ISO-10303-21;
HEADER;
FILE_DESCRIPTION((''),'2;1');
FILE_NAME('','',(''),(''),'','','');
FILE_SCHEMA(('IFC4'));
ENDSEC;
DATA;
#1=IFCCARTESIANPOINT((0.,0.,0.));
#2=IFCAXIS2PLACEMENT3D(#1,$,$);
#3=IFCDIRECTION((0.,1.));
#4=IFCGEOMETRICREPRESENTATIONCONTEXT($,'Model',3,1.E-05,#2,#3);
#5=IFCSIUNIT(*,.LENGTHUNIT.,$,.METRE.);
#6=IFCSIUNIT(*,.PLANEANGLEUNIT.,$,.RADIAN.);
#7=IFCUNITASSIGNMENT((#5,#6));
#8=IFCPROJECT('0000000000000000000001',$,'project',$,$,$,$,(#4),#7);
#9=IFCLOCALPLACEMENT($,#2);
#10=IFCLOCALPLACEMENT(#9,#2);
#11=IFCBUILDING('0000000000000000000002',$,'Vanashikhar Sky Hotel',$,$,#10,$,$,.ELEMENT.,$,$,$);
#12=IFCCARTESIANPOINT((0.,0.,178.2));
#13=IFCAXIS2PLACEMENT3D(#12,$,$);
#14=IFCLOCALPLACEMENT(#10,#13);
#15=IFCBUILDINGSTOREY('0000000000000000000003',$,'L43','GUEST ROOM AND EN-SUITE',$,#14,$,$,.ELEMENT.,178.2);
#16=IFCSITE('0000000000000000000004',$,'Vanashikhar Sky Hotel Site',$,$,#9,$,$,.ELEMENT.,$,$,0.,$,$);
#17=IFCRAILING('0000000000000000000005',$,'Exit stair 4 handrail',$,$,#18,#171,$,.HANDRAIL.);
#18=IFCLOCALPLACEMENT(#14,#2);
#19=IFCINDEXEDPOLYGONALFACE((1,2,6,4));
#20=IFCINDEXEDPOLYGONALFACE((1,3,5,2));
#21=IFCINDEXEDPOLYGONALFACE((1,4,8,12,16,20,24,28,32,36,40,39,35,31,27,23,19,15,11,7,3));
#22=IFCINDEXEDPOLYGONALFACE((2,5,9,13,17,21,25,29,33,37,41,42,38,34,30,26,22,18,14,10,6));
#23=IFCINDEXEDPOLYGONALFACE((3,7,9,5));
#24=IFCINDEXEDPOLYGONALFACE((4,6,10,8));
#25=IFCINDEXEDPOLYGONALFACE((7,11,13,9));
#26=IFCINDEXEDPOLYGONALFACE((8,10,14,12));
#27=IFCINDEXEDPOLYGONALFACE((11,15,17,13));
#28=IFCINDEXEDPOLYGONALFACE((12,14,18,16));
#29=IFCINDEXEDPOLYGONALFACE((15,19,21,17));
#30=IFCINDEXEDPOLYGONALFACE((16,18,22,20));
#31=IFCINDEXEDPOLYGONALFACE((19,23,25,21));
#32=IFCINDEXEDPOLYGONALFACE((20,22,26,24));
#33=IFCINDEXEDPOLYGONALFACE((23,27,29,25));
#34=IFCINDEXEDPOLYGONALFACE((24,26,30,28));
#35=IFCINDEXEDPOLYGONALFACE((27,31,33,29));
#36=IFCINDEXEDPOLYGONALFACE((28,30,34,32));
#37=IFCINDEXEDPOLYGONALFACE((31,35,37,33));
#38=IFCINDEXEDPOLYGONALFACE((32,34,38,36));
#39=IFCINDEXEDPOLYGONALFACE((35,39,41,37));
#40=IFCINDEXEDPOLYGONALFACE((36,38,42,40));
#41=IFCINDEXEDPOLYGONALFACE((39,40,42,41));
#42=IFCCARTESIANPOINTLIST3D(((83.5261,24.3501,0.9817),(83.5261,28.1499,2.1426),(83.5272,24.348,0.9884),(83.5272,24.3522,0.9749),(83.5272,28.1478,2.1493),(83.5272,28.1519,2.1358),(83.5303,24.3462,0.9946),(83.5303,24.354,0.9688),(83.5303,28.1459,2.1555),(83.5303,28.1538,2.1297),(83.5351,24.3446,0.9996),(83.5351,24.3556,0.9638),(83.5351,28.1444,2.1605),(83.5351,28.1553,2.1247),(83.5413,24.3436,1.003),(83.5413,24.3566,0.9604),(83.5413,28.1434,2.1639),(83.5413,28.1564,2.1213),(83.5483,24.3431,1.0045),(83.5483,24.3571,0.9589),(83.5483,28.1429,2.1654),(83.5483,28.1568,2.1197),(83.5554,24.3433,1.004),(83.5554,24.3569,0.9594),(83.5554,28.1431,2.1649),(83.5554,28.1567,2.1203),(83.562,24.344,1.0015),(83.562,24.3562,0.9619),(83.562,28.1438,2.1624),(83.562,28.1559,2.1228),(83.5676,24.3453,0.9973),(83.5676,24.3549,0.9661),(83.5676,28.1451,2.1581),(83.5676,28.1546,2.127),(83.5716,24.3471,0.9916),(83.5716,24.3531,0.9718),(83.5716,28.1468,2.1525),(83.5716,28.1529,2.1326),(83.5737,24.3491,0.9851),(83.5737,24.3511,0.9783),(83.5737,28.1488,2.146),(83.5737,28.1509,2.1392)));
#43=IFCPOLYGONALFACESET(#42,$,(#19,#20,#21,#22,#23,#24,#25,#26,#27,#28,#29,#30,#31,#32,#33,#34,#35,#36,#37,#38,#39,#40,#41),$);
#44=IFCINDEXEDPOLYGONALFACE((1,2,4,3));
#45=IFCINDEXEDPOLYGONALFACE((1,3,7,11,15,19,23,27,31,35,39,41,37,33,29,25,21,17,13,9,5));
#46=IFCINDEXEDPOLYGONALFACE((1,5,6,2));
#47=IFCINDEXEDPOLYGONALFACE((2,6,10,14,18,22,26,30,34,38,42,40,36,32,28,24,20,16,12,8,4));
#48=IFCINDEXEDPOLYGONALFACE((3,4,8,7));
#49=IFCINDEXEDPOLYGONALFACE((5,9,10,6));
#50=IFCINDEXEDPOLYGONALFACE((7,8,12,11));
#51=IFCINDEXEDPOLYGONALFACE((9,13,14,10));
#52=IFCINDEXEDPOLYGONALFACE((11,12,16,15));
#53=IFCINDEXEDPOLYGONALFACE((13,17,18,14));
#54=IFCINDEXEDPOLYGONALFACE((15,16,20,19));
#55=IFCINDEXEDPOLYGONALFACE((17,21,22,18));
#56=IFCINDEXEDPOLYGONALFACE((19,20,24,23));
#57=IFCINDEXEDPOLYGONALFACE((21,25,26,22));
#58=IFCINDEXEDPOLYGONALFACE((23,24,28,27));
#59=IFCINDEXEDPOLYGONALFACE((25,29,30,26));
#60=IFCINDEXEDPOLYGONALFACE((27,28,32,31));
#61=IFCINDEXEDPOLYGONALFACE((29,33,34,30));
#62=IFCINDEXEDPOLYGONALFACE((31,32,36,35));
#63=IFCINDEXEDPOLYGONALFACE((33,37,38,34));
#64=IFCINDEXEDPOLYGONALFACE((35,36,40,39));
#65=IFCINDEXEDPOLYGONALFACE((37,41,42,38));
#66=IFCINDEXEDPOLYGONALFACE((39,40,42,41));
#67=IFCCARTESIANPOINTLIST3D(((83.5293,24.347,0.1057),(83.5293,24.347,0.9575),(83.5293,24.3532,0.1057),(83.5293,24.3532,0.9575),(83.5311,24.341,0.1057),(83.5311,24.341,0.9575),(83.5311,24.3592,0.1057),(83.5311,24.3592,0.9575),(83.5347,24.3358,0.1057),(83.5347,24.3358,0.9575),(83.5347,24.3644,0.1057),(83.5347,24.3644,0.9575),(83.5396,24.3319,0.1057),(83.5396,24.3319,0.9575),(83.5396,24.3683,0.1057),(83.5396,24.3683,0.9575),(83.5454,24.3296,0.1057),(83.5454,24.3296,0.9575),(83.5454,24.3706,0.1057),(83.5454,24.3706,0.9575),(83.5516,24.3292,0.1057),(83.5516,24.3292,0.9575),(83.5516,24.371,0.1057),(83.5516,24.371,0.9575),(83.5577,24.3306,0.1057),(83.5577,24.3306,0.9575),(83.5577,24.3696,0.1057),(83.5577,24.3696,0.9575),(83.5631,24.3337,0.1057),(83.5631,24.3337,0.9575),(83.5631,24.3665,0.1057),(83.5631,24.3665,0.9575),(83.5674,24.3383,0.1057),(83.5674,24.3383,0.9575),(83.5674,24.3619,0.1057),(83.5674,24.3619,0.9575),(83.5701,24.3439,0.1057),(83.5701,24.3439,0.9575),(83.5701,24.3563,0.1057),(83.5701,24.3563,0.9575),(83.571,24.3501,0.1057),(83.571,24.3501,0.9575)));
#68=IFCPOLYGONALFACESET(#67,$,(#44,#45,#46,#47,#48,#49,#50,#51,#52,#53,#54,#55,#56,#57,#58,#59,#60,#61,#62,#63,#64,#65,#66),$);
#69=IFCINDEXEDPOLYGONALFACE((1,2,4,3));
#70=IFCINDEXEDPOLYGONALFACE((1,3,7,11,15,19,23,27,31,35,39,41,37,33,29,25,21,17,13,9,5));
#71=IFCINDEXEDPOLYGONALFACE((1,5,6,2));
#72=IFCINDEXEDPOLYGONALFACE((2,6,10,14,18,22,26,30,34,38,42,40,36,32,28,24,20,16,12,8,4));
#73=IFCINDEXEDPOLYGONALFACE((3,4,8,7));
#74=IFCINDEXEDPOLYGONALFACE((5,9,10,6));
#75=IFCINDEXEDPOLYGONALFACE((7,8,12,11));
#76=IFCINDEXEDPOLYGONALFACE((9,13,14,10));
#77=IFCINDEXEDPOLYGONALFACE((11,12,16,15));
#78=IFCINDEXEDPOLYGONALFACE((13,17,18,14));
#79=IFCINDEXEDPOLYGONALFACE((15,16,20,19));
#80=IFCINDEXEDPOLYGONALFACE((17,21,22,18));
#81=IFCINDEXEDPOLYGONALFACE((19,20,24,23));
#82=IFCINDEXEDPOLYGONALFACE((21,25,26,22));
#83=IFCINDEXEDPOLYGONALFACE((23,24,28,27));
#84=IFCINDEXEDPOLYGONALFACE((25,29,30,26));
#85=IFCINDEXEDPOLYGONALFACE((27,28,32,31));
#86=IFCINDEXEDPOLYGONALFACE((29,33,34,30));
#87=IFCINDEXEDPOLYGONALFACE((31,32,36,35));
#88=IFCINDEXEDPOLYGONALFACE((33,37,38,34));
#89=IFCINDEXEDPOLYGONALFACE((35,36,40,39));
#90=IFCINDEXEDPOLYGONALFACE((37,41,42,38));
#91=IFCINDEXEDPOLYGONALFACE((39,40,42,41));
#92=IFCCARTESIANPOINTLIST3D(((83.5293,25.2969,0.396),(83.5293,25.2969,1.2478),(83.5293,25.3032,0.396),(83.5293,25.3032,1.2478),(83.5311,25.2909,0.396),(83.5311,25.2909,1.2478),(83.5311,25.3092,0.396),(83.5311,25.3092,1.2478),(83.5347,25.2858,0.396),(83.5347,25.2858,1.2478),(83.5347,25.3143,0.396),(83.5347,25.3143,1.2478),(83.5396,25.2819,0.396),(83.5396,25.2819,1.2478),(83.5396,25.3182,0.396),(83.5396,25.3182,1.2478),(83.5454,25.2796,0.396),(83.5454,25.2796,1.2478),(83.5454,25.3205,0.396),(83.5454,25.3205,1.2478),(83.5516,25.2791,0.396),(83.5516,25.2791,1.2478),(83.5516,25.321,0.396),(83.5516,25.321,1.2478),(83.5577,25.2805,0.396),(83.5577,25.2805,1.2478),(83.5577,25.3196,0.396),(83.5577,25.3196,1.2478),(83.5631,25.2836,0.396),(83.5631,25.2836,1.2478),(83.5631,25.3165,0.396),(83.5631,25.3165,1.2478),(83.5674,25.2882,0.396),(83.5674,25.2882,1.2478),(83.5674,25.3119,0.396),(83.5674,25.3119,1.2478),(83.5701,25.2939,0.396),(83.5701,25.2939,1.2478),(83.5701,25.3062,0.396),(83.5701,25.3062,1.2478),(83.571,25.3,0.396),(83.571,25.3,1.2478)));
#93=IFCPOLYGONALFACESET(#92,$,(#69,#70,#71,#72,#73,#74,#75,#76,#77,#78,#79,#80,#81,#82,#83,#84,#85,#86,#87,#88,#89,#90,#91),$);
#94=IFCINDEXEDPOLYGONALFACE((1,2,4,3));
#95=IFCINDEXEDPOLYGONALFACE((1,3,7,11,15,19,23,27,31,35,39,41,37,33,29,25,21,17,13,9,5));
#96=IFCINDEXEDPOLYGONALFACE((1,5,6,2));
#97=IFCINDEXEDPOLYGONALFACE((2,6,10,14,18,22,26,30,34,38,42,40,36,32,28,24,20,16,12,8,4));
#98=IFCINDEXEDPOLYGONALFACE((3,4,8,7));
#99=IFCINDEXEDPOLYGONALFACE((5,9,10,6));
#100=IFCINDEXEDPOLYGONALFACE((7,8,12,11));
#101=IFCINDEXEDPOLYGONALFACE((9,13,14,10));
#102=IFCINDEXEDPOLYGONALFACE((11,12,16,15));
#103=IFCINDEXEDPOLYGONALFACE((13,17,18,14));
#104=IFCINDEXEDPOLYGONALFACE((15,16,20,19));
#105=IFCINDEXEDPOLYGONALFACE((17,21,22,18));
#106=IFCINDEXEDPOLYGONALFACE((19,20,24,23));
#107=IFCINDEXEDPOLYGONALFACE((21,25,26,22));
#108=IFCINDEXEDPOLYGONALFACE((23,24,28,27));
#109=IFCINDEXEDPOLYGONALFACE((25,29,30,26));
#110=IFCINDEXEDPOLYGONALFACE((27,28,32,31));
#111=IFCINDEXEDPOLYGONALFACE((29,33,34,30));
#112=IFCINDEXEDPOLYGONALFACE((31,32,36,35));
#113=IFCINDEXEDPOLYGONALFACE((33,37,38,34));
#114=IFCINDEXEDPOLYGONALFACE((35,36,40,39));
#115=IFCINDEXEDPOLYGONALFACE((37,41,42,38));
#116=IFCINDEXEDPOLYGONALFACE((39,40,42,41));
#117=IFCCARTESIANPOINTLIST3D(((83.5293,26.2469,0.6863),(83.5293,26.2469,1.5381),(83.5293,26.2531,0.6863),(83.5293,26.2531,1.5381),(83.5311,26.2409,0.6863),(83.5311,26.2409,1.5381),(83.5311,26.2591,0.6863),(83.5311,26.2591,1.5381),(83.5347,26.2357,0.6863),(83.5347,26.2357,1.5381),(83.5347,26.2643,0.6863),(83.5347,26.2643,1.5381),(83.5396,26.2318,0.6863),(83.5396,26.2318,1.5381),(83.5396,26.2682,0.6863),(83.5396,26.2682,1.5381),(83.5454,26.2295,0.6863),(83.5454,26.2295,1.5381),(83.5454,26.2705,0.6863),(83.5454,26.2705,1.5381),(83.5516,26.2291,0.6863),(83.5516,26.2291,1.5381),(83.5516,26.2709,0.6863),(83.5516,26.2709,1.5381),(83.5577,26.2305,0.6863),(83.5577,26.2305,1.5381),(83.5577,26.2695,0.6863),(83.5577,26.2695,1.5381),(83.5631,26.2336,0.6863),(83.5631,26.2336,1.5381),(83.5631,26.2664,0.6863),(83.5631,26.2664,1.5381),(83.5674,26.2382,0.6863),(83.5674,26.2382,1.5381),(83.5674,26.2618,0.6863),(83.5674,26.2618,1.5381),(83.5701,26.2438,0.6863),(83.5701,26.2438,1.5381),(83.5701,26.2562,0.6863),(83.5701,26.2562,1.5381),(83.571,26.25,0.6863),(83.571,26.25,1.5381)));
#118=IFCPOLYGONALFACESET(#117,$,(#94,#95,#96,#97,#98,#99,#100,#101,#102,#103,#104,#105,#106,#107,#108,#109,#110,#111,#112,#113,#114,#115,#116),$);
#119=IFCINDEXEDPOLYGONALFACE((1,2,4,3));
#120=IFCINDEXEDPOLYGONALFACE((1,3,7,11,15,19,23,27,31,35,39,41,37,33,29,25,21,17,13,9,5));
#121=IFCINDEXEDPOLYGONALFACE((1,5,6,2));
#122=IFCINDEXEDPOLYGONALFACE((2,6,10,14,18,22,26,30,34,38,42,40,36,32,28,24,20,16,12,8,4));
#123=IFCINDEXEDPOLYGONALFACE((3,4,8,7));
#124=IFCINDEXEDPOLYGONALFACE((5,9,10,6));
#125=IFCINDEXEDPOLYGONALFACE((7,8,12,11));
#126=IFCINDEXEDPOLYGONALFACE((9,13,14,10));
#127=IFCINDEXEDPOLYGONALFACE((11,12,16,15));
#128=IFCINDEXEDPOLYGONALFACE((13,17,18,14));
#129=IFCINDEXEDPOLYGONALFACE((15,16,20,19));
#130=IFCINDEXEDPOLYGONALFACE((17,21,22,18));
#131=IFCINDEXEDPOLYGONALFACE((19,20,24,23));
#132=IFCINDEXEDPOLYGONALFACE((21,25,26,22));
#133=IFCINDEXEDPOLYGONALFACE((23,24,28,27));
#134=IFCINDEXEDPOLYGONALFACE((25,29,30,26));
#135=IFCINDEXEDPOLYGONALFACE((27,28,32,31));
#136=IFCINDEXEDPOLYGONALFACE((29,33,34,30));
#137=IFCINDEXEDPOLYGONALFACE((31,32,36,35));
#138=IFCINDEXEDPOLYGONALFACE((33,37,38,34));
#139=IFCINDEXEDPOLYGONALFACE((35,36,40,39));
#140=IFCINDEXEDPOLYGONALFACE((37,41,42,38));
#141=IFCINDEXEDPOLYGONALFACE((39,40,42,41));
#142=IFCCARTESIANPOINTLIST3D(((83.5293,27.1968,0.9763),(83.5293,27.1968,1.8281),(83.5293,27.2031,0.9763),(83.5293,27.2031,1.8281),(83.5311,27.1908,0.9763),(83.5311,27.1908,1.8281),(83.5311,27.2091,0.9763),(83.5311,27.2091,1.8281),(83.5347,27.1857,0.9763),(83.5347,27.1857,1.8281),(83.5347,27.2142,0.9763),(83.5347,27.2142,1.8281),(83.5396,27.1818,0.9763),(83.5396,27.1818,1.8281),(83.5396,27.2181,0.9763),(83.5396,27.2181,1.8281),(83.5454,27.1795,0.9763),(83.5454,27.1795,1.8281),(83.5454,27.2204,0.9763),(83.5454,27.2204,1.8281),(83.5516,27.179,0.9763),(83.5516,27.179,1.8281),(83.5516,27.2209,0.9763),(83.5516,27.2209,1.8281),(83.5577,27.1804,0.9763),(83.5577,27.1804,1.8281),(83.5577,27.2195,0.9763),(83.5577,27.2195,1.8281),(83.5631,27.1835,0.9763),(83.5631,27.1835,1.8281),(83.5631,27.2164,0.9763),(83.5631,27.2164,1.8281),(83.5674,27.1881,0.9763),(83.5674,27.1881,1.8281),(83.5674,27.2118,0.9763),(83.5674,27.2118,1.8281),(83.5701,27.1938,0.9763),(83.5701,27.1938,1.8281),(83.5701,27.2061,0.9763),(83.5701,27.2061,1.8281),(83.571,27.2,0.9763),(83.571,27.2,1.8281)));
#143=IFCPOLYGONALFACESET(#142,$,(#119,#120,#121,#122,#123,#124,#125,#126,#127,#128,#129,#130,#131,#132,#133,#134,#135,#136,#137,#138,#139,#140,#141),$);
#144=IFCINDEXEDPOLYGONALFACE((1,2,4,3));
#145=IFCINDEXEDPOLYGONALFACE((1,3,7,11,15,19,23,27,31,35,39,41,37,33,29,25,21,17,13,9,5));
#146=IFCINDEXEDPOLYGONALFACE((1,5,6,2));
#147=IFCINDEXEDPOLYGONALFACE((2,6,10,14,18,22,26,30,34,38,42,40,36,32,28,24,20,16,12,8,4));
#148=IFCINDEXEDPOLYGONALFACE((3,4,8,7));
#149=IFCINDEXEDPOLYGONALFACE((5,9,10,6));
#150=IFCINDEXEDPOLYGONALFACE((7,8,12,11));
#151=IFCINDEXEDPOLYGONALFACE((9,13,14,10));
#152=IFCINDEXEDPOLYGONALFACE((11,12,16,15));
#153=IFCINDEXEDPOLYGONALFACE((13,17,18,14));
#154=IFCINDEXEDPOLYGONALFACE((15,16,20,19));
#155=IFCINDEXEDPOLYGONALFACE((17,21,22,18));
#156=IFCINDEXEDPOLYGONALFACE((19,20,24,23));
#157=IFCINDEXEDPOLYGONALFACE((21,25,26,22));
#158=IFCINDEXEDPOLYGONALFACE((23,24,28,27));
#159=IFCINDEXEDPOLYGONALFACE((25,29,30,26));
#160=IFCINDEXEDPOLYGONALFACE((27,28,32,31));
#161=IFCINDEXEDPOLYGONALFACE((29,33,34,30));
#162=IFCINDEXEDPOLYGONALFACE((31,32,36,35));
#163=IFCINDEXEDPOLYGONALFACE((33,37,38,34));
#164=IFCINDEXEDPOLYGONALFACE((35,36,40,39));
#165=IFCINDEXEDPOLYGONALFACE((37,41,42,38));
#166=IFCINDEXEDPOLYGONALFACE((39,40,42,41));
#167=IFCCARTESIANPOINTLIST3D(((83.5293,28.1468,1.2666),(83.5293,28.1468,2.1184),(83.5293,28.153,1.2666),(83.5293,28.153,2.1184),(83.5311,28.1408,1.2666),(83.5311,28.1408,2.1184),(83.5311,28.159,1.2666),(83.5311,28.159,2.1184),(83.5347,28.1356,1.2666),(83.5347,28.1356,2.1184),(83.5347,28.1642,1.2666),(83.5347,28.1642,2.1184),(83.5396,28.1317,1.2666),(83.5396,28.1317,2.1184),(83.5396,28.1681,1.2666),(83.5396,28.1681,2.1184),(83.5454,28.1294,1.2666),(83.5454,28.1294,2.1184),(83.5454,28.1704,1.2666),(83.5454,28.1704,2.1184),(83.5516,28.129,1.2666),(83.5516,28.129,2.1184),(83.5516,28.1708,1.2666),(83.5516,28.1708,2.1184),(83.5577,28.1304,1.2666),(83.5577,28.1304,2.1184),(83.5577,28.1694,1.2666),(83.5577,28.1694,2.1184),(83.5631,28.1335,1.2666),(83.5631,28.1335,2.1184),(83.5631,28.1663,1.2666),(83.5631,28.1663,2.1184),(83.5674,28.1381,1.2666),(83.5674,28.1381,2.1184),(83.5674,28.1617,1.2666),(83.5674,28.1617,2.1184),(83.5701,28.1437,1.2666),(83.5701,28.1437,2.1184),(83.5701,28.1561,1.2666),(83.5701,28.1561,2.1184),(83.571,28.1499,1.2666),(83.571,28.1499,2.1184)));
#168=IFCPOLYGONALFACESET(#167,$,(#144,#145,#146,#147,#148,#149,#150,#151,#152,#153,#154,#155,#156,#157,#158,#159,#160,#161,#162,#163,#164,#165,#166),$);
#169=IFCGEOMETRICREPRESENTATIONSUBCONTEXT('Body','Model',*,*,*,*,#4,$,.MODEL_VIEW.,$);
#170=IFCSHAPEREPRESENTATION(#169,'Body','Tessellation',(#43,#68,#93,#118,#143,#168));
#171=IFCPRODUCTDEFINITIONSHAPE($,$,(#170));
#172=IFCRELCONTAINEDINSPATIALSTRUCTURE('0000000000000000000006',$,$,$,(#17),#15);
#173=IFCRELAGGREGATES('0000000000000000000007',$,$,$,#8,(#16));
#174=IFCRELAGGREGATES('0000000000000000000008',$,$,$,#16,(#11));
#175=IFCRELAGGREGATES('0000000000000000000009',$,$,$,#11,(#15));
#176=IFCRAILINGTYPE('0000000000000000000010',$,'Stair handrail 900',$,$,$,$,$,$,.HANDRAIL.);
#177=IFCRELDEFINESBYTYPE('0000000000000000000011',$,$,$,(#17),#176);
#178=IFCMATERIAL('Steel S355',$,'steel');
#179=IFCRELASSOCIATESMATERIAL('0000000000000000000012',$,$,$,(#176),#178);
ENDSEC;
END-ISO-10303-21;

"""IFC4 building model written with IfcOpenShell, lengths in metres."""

from ifc_helpers import new_model, si_unit, direction, frame, origin, origin_2d, place, context, subcontext, project, spatial, circle, extrude, source, transform, mapped, material, type_object, element, save


model = new_model("IFC4")

# Units and contexts
model_context = context("Model", 3, precision=1e-05, world=origin(), true_north=direction((0.0, 1.0)))
body_context = subcontext(model_context, "Body", "Model", "MODEL_VIEW")
ifc_project = project(units=[si_unit("LENGTHUNIT", "METRE"), si_unit("PLANEANGLEUNIT", "RADIAN")], contexts=[model_context])

# Site, building, storey
site_placement = place(None, origin())
site = spatial("IfcSite", under=ifc_project, at=site_placement, Name="Vanashikhar Sky Hotel Site", CompositionType="ELEMENT", RefElevation=0.0)
building_placement = place(site_placement, origin())
building = spatial("IfcBuilding", under=site, at=building_placement, Name="Vanashikhar Sky Hotel", CompositionType="ELEMENT")
storey_placement = place(building_placement, frame((0.0, 0.0, 178.2)))
storey = spatial("IfcBuildingStorey", under=building, at=storey_placement, Name="L43", Description="GUEST ROOM AND EN-SUITE", CompositionType="ELEMENT", Elevation=178.2)

# Railing
ifc_material_1 = material(Name="Steel S355", Category="steel")
railing_type = type_object("IfcRailingType", Name="Stair handrail 900", PredefinedType="HANDRAIL", material=ifc_material_1)
shared_shape_1 = source(origin(), body_context, "Body", "SweptSolid", [
    extrude(circle(Radius=0.0239, at=origin_2d()), frame((0.0, 0.0, 0.876), z_axis=(0.0, 0.956363, 0.292181), x_axis=(-1.0, 0.0, 0.0)), (0.0, 0.0, 1.0), 3.9731),
    extrude(circle(Radius=0.021, at=origin_2d()), origin(), (0.0, 0.0, 1.0), 0.8518),
    extrude(circle(Radius=0.021, at=origin_2d()), frame((0.0, 0.95, 0.2903)), (0.0, 0.0, 1.0), 0.8518),
    extrude(circle(Radius=0.021, at=origin_2d()), frame((0.0, 1.8999, 0.5806)), (0.0, 0.0, 1.0), 0.8518),
    extrude(circle(Radius=0.021, at=origin_2d()), frame((0.0, 2.8499, 0.8706)), (0.0, 0.0, 1.0), 0.8518),
    extrude(circle(Radius=0.021, at=origin_2d()), frame((0.0, 3.7998, 1.1609)), (0.0, 0.0, 1.0), 0.8518),
])
railing_1_placement = place(storey_placement, frame((83.55, 24.3501, 0.1057)))
element("IfcRailing", 1, at=railing_1_placement, inside=storey, type_object=railing_type, Name="Exit stair 4 handrail", PredefinedType="HANDRAIL", context=body_context, shape_type="MappedRepresentation", body=[
    mapped(shared_shape_1, transform((0.0, 0.0, 0.0), scale=1.0)),
])

save(model, "model.ifc")
